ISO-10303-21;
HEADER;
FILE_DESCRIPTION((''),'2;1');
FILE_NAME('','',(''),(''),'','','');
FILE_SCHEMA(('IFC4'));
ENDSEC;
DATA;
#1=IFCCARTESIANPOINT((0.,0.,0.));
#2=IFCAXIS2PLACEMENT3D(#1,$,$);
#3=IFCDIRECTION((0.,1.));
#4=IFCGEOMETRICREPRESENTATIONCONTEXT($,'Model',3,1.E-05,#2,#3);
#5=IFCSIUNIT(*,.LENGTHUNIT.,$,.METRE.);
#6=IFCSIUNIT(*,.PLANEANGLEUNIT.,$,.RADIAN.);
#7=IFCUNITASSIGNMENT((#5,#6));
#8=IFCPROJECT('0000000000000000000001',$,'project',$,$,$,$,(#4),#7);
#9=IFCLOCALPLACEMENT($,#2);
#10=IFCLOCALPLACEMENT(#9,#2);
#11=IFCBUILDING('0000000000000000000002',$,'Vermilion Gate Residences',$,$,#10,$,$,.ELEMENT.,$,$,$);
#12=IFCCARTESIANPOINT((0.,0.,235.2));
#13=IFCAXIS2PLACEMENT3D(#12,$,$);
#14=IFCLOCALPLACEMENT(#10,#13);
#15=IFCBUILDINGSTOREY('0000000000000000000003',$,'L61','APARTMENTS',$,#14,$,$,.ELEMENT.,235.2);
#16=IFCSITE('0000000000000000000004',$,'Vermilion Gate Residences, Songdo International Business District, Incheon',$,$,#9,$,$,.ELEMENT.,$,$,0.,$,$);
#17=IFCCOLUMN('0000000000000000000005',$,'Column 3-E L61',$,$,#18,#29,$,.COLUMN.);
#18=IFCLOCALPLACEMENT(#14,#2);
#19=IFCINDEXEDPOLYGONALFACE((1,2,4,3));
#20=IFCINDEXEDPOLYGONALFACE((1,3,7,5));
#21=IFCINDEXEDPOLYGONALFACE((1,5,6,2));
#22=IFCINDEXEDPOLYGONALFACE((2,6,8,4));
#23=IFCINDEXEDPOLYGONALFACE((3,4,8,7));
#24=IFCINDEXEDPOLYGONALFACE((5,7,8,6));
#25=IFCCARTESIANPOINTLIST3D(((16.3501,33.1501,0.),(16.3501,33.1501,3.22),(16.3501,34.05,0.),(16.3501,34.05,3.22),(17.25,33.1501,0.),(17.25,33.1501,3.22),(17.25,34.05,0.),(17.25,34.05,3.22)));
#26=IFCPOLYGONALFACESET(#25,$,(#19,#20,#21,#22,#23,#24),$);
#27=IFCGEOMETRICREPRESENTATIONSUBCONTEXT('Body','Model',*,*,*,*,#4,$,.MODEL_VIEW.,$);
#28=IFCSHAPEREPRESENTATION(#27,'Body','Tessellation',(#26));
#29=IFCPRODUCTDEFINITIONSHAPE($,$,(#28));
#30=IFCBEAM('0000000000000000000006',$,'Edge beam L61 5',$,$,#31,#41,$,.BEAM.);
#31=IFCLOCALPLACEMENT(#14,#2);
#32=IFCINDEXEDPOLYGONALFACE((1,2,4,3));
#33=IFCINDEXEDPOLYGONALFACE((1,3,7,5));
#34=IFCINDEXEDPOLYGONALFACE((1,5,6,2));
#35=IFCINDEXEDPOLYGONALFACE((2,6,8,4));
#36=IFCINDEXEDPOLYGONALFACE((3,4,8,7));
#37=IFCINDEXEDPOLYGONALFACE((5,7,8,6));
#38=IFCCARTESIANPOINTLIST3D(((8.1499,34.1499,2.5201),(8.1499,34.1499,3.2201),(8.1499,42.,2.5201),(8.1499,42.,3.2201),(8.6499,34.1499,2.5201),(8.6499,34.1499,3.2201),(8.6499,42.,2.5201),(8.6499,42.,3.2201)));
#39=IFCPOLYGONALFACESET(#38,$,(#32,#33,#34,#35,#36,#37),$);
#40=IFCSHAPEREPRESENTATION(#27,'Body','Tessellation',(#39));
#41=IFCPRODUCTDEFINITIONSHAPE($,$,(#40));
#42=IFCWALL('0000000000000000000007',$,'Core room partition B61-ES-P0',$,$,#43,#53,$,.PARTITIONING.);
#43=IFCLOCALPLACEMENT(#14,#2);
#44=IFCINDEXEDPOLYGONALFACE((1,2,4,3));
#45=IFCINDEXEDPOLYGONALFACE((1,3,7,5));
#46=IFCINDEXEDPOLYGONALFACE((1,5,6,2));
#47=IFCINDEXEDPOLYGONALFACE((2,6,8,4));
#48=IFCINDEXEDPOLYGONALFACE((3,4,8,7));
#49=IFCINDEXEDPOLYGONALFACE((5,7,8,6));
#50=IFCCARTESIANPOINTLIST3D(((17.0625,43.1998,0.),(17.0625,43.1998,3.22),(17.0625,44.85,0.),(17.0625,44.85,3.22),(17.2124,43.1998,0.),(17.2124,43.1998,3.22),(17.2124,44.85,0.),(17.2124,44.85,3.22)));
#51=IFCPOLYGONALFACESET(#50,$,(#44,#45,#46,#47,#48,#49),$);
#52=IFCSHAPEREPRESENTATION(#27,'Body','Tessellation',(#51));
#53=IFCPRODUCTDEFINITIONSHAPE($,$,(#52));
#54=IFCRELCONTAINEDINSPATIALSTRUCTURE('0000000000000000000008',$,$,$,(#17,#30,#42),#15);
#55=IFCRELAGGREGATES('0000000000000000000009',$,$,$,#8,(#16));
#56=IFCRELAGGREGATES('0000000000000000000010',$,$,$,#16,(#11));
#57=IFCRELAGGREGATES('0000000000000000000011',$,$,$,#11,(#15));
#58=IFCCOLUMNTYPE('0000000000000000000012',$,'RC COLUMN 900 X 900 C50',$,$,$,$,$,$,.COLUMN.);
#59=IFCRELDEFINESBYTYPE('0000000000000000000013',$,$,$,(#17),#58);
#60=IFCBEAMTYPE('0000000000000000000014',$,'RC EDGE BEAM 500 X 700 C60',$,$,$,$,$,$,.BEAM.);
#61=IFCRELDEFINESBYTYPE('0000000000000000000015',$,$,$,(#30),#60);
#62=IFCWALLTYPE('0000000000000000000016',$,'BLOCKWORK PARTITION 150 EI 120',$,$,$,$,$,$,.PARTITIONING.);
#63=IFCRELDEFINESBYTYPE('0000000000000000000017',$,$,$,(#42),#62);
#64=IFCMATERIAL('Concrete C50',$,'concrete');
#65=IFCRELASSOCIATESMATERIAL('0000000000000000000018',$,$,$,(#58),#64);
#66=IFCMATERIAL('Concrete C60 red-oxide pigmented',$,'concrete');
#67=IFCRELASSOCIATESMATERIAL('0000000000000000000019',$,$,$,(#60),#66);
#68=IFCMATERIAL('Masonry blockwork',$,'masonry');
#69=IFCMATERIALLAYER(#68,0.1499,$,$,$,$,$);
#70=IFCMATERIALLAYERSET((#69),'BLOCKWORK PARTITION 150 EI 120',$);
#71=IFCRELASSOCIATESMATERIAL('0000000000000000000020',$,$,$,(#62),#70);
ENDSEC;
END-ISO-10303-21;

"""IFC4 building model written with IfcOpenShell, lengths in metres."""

from ifc_helpers import new_model, si_unit, direction, frame, frame_2d, origin, origin_2d, place, context, subcontext, project, spatial, rectangle, extrude, material, layer, layer_set, material_profile, profile_set, type_object, element, save


model = new_model("IFC4")

# Units and contexts
model_context = context("Model", 3, precision=1e-05, world=origin(), true_north=direction((0.0, 1.0)))
body_context = subcontext(model_context, "Body", "Model", "MODEL_VIEW")
ifc_project = project(units=[si_unit("LENGTHUNIT", "METRE"), si_unit("PLANEANGLEUNIT", "RADIAN")], contexts=[model_context])

# Site, building, storey
site_placement = place(None, origin())
site = spatial("IfcSite", under=ifc_project, at=site_placement, Name="Vermilion Gate Residences, Songdo International Business District, Incheon", CompositionType="ELEMENT", RefElevation=0.0)
building_placement = place(site_placement, origin())
building = spatial("IfcBuilding", under=site, at=building_placement, Name="Vermilion Gate Residences", CompositionType="ELEMENT")
storey_placement = place(building_placement, frame((0.0, 0.0, 235.2)))
storey = spatial("IfcBuildingStorey", under=building, at=storey_placement, Name="L61", Description="APARTMENTS", CompositionType="ELEMENT", Elevation=235.2)

# Column
ifc_material_1 = material(Name="Concrete C50", Category="concrete")
ifc_material_profile_1 = material_profile(ifc_material_1, rectangle(XDim=0.8999, YDim=0.8999, at=origin_2d()), Name="RC-900x900")
ifc_profile_set_1 = profile_set([ifc_material_profile_1], Name="Concrete C50")
column_type = type_object("IfcColumnType", Name="RC COLUMN 900 X 900 C50", PredefinedType="COLUMN", material=ifc_profile_set_1)
column_placement = place(storey_placement, frame((16.8, 33.6001, 0.0), z_axis=(0.0, 0.0, 1.0), x_axis=(1.0, 0.0, 0.0)))
element("IfcColumn", 1, at=column_placement, inside=storey, type_object=column_type, Name="Column 3-E L61", PredefinedType="COLUMN", context=body_context, shape_type="SweptSolid", body=[
    extrude(rectangle(XDim=0.8999, YDim=0.8999, at=origin_2d()), origin(), (0.0, 0.0, 1.0), 3.22),
])

# Beam
ifc_material_2 = material(Name="Concrete C60 red-oxide pigmented", Category="concrete")
ifc_material_profile_2 = material_profile(ifc_material_2, rectangle(XDim=0.5, YDim=0.7, at=origin_2d()), Name="RC-500x700")
ifc_profile_set_2 = profile_set([ifc_material_profile_2], Name="Concrete C60 red-oxide pigmented")
beam_type = type_object("IfcBeamType", Name="RC EDGE BEAM 500 X 700 C60", PredefinedType="BEAM", material=ifc_profile_set_2)
beam_placement = place(storey_placement, frame((8.3999, 34.1499, 2.8701), z_axis=(0.0, 1.0, 0.0), x_axis=(-1.0, 0.0, 0.0)))
element("IfcBeam", 2, at=beam_placement, inside=storey, type_object=beam_type, Name="Edge beam L61 5", PredefinedType="BEAM", context=body_context, shape_type="SweptSolid", body=[
    extrude(rectangle(XDim=0.5, YDim=0.7, at=origin_2d()), origin(), (0.0, 0.0, 1.0), 7.8501),
])

# Wall
ifc_material_3 = material(Name="Masonry blockwork", Category="masonry")
ifc_layer_1 = layer(ifc_material_3, 0.1499)
ifc_layer_set_1 = layer_set([ifc_layer_1], Name="BLOCKWORK PARTITION 150 EI 120")
wall_type_1 = type_object("IfcWallType", Name="BLOCKWORK PARTITION 150 EI 120", PredefinedType="PARTITIONING", material=ifc_layer_set_1)
wall_1_placement = place(storey_placement, frame((17.1375, 44.8501, 0.0), z_axis=(0.0, 0.0, 1.0), x_axis=(0.0, -1.0, 0.0)))
element("IfcWall", 3, at=wall_1_placement, inside=storey, type_object=wall_type_1, Name="Core room partition B61-ES-P0", PredefinedType="PARTITIONING", context=body_context, shape_type="SweptSolid", body=[
    extrude(rectangle(XDim=1.6501, YDim=0.1499, at=frame_2d((0.8252, 0.0))), origin(), (0.0, 0.0, 1.0), 3.22),
])

save(model, "model.ifc")
